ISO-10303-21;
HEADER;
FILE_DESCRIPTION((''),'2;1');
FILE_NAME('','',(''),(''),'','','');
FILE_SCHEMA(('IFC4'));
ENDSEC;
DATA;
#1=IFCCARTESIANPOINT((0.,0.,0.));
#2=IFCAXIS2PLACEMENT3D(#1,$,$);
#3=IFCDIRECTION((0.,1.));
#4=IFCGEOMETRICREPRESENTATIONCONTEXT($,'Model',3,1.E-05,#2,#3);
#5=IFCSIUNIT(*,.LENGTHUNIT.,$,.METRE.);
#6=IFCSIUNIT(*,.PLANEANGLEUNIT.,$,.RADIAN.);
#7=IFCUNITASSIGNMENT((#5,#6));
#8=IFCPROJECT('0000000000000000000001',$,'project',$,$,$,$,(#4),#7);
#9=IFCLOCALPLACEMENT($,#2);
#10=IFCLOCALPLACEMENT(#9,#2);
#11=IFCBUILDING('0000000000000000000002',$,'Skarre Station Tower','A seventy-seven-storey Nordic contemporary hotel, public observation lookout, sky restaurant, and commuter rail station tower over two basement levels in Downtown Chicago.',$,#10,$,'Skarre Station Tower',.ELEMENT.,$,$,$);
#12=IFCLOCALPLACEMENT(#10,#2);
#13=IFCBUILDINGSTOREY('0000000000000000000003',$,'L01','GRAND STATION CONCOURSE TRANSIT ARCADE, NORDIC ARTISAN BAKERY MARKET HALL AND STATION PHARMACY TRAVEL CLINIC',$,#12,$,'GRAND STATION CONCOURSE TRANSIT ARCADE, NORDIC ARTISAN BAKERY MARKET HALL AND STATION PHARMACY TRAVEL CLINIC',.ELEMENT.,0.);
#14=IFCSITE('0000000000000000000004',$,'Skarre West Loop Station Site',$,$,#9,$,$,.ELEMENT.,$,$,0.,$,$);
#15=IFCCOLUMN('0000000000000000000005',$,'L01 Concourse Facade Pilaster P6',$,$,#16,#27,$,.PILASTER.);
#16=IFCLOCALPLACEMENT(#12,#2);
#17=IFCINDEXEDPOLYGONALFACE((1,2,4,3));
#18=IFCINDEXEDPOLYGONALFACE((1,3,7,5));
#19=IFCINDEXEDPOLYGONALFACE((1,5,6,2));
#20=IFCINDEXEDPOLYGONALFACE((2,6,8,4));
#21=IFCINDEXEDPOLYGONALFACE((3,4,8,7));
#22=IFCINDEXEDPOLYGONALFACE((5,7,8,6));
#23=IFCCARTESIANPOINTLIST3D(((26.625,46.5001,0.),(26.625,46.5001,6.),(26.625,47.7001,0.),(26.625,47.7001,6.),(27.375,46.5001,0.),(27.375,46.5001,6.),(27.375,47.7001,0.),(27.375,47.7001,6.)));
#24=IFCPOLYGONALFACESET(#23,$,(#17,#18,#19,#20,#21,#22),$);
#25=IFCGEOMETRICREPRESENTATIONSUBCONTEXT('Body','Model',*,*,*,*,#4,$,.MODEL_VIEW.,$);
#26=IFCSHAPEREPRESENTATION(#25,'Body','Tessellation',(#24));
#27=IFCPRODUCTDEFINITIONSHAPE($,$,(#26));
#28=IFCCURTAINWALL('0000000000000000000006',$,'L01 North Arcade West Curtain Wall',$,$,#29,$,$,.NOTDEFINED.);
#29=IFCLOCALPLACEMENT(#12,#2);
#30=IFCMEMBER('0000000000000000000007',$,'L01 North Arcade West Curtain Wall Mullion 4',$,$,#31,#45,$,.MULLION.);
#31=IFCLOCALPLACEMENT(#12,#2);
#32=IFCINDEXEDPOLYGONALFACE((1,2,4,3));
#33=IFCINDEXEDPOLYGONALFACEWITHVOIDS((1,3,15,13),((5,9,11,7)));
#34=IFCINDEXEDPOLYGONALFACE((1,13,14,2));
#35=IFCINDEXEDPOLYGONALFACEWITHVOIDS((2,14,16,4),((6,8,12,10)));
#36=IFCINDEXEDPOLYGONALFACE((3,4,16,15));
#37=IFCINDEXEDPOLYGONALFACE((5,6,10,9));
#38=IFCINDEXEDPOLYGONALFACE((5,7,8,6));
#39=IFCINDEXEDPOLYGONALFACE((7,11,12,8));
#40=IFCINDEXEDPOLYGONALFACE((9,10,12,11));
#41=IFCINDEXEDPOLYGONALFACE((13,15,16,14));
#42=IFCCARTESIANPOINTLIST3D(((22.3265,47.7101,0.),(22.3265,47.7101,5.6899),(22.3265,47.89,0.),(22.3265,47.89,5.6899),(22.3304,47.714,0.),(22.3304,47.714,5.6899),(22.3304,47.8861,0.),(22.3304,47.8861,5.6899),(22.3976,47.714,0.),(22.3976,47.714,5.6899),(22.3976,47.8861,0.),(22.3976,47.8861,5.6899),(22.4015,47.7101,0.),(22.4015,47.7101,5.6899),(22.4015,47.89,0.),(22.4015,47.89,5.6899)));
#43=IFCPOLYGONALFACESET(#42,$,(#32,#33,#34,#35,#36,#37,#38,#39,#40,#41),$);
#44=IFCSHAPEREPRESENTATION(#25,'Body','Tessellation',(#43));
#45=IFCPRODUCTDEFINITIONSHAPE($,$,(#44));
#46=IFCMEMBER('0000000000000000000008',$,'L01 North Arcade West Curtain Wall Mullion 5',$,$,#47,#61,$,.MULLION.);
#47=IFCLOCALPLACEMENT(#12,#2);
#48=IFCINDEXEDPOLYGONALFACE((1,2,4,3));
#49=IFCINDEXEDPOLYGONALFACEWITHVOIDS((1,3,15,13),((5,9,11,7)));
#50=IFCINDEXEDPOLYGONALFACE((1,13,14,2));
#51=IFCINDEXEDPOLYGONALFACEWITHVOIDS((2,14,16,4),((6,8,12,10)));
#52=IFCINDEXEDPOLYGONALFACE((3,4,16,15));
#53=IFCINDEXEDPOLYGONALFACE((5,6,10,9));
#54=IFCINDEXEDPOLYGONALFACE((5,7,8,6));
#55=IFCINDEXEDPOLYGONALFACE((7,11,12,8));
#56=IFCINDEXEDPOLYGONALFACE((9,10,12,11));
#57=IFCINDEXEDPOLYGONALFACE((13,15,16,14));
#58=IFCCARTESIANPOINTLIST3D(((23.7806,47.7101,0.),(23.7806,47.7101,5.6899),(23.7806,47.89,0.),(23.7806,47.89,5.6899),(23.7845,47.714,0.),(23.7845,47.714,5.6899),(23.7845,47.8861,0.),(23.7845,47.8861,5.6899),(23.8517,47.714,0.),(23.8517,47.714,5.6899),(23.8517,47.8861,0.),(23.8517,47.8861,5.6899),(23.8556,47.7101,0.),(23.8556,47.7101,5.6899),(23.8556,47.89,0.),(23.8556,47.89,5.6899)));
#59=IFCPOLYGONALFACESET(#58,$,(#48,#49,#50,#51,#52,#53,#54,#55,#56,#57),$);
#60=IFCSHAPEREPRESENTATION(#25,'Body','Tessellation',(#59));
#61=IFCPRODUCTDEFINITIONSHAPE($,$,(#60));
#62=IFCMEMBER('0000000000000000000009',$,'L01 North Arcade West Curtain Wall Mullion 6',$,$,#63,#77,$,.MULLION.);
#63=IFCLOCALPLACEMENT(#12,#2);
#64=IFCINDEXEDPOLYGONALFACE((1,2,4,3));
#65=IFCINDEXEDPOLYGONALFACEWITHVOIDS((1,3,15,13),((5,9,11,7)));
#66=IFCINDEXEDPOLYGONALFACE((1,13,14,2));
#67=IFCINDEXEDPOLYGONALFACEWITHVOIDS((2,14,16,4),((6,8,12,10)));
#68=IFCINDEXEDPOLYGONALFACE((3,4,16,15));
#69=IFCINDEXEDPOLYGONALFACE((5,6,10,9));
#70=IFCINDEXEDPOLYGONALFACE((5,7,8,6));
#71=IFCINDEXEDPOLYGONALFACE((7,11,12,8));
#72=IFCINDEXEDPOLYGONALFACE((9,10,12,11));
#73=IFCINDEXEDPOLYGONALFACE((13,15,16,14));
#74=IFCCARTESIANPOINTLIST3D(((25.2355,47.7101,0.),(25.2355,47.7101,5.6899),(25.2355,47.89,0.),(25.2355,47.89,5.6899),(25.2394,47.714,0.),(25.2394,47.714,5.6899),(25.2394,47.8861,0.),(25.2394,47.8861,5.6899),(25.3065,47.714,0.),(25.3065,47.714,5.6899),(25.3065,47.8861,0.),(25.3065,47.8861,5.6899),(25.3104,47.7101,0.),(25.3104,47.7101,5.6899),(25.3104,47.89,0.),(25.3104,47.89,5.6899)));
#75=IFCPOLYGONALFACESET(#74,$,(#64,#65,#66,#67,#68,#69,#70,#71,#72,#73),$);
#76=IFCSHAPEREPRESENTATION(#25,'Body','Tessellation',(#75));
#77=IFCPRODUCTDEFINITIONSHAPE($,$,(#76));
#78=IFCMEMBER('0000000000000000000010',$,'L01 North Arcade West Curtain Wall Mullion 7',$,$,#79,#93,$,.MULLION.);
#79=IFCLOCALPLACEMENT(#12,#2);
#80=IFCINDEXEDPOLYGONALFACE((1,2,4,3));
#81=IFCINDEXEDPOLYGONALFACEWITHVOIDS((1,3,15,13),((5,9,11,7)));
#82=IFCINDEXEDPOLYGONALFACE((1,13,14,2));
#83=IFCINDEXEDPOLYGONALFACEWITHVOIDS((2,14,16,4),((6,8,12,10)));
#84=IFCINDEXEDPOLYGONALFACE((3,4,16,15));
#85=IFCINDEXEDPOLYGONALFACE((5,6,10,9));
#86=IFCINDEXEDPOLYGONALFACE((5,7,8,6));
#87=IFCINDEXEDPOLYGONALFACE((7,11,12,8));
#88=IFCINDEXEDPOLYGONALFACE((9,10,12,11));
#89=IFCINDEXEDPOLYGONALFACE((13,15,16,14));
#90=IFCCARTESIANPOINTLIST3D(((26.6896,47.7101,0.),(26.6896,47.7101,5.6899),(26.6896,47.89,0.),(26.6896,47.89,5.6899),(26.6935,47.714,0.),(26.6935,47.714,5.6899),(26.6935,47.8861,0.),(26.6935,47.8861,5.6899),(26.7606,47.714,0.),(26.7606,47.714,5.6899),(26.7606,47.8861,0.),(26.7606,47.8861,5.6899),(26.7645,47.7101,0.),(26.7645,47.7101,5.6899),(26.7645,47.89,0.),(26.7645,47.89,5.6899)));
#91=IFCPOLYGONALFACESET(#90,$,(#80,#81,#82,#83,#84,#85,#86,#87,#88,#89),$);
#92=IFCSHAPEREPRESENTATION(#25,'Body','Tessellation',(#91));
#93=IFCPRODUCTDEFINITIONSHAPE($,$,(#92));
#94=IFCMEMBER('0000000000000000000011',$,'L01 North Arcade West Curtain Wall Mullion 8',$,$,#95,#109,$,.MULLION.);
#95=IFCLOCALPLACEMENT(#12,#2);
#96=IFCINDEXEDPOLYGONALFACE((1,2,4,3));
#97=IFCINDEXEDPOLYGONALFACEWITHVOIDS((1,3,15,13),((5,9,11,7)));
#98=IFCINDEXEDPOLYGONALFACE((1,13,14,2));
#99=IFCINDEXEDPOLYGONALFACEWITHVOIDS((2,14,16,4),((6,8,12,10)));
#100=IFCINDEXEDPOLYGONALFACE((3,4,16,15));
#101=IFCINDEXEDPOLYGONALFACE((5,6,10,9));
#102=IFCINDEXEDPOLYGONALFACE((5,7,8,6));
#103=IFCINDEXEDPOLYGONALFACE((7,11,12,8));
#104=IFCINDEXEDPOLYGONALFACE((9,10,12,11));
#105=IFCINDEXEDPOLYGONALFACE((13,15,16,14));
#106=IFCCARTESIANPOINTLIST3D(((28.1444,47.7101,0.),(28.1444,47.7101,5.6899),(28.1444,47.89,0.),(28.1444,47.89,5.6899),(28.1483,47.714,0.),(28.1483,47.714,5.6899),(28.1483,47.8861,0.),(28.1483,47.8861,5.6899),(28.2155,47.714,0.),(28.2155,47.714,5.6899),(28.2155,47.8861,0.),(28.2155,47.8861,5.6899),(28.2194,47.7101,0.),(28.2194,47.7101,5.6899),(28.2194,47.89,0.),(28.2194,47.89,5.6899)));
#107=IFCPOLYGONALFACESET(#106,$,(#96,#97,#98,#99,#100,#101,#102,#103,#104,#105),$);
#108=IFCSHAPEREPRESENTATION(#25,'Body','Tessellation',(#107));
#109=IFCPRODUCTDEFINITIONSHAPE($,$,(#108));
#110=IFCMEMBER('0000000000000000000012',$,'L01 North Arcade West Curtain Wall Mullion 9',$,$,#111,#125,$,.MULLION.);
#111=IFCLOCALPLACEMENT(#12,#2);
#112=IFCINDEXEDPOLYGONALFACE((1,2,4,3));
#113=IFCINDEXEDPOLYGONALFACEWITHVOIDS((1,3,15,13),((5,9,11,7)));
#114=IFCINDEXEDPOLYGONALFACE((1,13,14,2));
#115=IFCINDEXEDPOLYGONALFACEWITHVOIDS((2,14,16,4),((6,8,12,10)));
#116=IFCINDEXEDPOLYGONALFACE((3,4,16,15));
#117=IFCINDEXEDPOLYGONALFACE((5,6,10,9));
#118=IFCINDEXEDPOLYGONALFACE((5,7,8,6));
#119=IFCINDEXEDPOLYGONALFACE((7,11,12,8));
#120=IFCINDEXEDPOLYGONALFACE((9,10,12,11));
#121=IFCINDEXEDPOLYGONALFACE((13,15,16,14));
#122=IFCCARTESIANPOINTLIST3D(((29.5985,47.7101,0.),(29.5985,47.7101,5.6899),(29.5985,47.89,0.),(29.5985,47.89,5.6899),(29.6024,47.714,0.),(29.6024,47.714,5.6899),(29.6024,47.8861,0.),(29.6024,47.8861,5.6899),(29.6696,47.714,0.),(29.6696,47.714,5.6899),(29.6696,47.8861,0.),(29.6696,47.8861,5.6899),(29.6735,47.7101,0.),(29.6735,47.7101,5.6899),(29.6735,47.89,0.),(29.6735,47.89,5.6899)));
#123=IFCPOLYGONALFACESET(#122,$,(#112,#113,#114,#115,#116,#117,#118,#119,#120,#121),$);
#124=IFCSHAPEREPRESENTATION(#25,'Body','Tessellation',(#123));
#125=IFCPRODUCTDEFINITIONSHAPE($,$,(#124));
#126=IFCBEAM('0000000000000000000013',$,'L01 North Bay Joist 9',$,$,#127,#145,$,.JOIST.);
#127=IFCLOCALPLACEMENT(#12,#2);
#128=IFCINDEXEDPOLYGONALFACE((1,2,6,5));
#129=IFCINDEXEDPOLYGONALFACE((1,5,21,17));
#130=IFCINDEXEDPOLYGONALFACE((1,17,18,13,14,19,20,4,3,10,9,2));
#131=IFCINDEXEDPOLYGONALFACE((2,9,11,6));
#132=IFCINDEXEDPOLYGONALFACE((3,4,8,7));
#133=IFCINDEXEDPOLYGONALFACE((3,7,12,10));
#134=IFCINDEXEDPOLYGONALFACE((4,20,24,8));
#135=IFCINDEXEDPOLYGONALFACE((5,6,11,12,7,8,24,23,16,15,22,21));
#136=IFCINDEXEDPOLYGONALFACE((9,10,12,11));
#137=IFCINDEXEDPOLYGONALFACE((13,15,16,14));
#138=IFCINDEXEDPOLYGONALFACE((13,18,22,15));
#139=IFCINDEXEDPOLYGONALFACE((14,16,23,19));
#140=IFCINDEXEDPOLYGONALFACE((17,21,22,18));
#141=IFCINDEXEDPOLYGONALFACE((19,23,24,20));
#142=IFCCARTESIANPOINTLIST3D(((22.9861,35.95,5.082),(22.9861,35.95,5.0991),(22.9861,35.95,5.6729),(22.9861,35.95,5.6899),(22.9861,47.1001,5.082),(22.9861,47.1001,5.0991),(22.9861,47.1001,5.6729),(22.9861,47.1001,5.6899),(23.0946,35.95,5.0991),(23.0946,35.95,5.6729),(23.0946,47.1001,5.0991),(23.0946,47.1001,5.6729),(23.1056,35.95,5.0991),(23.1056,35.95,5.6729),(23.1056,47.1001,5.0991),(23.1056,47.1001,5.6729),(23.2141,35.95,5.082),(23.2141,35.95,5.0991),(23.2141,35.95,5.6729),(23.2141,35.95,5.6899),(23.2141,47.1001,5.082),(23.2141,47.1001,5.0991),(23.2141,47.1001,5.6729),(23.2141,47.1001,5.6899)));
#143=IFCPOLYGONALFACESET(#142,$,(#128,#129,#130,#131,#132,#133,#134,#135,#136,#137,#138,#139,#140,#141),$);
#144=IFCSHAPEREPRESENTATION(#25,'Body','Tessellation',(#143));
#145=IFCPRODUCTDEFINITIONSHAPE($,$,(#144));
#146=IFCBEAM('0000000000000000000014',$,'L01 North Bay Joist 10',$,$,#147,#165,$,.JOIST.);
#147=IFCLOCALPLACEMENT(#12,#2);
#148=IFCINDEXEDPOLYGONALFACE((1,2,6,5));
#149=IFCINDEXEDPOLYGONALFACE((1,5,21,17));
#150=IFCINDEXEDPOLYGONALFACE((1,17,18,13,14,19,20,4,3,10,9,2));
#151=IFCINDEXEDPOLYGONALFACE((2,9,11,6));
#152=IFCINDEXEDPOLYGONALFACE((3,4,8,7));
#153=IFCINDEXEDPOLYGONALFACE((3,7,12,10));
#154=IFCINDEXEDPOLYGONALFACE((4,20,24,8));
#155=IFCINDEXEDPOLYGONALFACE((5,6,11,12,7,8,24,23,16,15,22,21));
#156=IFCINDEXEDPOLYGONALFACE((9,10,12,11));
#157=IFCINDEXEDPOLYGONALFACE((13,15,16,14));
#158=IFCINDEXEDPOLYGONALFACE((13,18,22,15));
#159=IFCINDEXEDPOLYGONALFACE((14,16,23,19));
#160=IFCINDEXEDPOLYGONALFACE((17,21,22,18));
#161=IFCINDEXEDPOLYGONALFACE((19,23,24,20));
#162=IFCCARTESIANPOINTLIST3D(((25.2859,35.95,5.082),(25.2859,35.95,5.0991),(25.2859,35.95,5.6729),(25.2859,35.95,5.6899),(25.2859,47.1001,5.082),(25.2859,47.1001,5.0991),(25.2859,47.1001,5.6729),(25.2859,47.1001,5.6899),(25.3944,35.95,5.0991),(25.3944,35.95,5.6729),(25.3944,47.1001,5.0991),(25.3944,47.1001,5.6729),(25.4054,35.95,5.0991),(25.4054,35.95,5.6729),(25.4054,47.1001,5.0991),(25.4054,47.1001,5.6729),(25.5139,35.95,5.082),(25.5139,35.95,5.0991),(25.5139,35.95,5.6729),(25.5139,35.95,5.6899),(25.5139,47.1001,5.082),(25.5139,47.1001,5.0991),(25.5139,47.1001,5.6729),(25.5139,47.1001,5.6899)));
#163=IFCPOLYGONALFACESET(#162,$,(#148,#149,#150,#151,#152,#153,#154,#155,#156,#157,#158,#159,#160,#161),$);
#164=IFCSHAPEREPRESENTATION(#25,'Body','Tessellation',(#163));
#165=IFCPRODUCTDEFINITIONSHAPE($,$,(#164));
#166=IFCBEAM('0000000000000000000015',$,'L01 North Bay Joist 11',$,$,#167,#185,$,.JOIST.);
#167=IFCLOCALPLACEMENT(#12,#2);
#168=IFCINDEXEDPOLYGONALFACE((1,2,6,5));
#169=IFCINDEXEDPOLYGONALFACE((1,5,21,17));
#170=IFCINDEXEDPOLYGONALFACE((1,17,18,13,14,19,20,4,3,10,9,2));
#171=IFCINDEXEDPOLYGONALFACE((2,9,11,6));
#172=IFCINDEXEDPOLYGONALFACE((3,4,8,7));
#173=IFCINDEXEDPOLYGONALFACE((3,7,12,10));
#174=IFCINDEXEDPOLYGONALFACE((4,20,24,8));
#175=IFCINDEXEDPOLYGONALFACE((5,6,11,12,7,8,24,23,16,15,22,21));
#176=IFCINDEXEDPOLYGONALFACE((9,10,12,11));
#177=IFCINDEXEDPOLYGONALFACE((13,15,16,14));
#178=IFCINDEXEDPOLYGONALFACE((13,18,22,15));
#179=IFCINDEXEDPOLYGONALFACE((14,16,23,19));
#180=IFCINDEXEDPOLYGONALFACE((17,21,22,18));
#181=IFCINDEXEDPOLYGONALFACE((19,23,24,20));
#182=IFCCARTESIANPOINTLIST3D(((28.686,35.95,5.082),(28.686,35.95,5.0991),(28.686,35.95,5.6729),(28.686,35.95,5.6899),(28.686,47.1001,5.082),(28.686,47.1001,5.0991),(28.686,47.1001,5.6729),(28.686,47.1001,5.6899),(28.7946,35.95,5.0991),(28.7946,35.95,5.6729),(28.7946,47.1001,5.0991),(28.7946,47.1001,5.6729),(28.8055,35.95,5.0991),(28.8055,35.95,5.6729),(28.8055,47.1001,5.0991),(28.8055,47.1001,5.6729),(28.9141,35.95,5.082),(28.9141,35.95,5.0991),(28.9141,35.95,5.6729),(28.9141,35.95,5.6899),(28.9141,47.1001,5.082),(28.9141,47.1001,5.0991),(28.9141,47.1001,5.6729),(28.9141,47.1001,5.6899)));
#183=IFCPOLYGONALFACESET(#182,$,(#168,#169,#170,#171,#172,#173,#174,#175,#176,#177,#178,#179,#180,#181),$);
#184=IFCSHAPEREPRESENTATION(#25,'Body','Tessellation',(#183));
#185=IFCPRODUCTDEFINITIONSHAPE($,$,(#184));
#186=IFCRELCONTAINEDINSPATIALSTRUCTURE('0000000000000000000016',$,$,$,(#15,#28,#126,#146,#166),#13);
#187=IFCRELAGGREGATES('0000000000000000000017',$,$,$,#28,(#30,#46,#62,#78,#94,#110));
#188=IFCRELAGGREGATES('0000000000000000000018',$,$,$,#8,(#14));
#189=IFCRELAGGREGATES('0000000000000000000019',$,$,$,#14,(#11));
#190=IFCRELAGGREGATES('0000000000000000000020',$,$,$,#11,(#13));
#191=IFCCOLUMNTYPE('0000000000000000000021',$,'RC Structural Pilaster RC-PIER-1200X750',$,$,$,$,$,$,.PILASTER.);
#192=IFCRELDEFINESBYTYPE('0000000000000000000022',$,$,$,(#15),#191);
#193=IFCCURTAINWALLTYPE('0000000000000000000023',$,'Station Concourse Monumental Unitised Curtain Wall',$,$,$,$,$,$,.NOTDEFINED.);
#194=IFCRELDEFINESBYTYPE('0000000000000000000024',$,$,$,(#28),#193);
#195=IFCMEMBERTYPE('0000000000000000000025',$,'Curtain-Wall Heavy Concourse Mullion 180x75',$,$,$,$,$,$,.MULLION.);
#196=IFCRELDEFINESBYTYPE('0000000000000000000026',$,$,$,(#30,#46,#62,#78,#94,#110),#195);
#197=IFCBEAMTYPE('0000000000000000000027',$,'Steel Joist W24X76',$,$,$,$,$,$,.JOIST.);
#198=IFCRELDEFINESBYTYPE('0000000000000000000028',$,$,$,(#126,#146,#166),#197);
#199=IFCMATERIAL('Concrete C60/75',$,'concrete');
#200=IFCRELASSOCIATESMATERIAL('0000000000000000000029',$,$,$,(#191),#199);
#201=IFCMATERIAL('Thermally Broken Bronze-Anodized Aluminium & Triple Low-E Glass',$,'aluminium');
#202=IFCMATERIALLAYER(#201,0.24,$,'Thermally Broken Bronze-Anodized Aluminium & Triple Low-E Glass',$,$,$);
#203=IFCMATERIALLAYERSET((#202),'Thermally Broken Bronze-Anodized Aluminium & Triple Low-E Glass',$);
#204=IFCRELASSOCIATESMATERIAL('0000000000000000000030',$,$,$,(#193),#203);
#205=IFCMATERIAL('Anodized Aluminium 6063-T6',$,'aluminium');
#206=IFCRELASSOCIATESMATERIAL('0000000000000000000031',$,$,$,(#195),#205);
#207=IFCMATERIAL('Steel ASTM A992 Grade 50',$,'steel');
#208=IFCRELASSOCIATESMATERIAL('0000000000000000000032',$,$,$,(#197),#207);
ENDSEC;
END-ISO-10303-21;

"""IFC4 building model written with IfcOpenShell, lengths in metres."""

from ifc_helpers import new_model, si_unit, direction, frame, origin, origin_2d, place, context, subcontext, project, spatial, rectangle, hollow_rectangle, i_section, extrude, material, layer, layer_set, material_profile, profile_set, type_object, element, aggregate, save


model = new_model("IFC4")

# Units and contexts
model_context = context("Model", 3, precision=1e-05, world=origin(), true_north=direction((0.0, 1.0)))
body_context = subcontext(model_context, "Body", "Model", "MODEL_VIEW")
ifc_project = project(units=[si_unit("LENGTHUNIT", "METRE"), si_unit("PLANEANGLEUNIT", "RADIAN")], contexts=[model_context])

# Site, building, storey
site_placement = place(None, origin())
site = spatial("IfcSite", under=ifc_project, at=site_placement, Name="Skarre West Loop Station Site", CompositionType="ELEMENT", RefElevation=0.0)
building_placement = place(site_placement, origin())
building = spatial("IfcBuilding", under=site, at=building_placement, Name="Skarre Station Tower", Description="A seventy-seven-storey Nordic contemporary hotel, public observation lookout, sky restaurant, and commuter rail station tower over two basement levels in Downtown Chicago.", LongName="Skarre Station Tower", CompositionType="ELEMENT")
storey_placement = place(building_placement, origin())
storey = spatial("IfcBuildingStorey", under=building, at=storey_placement, Name="L01", Description="GRAND STATION CONCOURSE TRANSIT ARCADE, NORDIC ARTISAN BAKERY MARKET HALL AND STATION PHARMACY TRAVEL CLINIC", LongName="GRAND STATION CONCOURSE TRANSIT ARCADE, NORDIC ARTISAN BAKERY MARKET HALL AND STATION PHARMACY TRAVEL CLINIC", CompositionType="ELEMENT", Elevation=0.0)

# Column
ifc_material_1 = material(Name="Concrete C60/75", Category="concrete")
ifc_material_profile_1 = material_profile(ifc_material_1, rectangle(XDim=0.75, YDim=1.2, at=origin_2d()), Name="Concrete C60/75")
ifc_profile_set_1 = profile_set([ifc_material_profile_1], Name="Concrete C60/75")
column_type = type_object("IfcColumnType", Name="RC Structural Pilaster RC-PIER-1200X750", PredefinedType="PILASTER", material=ifc_profile_set_1)
column_placement = place(storey_placement, frame((27.0, 47.1001, 0.0), z_axis=(0.0, 0.0, 1.0), x_axis=(1.0, 0.0, 0.0)))
element("IfcColumn", 1, at=column_placement, inside=storey, type_object=column_type, Name="L01 Concourse Facade Pilaster P6", PredefinedType="PILASTER", context=body_context, shape_type="SweptSolid", body=[
    extrude(rectangle(XDim=0.75, YDim=1.2, at=origin_2d()), origin(), (0.0, 0.0, 1.0), 6.0),
])

# Curtain wall, members
ifc_material_2 = material(Name="Thermally Broken Bronze-Anodized Aluminium & Triple Low-E Glass", Category="aluminium")
ifc_layer_1 = layer(ifc_material_2, 0.24, Name="Thermally Broken Bronze-Anodized Aluminium & Triple Low-E Glass")
ifc_layer_set_1 = layer_set([ifc_layer_1], Name="Thermally Broken Bronze-Anodized Aluminium & Triple Low-E Glass")
curtain_wall_type = type_object("IfcCurtainWallType", Name="Station Concourse Monumental Unitised Curtain Wall", PredefinedType="NOTDEFINED", material=ifc_layer_set_1)
curtain_wall_placement = place(storey_placement, origin())
curtain_wall = element("IfcCurtainWall", 2, at=curtain_wall_placement, inside=storey, type_object=curtain_wall_type, Name="L01 North Arcade West Curtain Wall", PredefinedType="NOTDEFINED")
ifc_material_3 = material(Name="Anodized Aluminium 6063-T6", Category="aluminium")
ifc_material_profile_2 = material_profile(ifc_material_3, hollow_rectangle(XDim=0.075, YDim=0.1799, WallThickness=0.0039, at=origin_2d()), Name="Anodized Aluminium 6063-T6")
ifc_profile_set_2 = profile_set([ifc_material_profile_2], Name="Anodized Aluminium 6063-T6")
member_type = type_object("IfcMemberType", Name="Curtain-Wall Heavy Concourse Mullion 180x75", PredefinedType="MULLION", material=ifc_profile_set_2)
member_1_placement = place(storey_placement, frame((22.364, 47.8, 0.0), z_axis=(0.0, 0.0, 1.0), x_axis=(1.0, 0.0, 0.0)))
member_1 = element("IfcMember", 3, at=member_1_placement, type_object=member_type, Name="L01 North Arcade West Curtain Wall Mullion 4", PredefinedType="MULLION", context=body_context, shape_type="SweptSolid", body=[
    extrude(hollow_rectangle(XDim=0.075, YDim=0.1799, WallThickness=0.0039, at=origin_2d()), origin(), (0.0, 0.0, 1.0), 5.6899),
])
member_2_placement = place(storey_placement, frame((23.8181, 47.8, 0.0), z_axis=(0.0, 0.0, 1.0), x_axis=(1.0, 0.0, 0.0)))
member_2 = element("IfcMember", 4, at=member_2_placement, type_object=member_type, Name="L01 North Arcade West Curtain Wall Mullion 5", PredefinedType="MULLION", context=body_context, shape_type="SweptSolid", body=[
    extrude(hollow_rectangle(XDim=0.075, YDim=0.1799, WallThickness=0.0039, at=origin_2d()), origin(), (0.0, 0.0, 1.0), 5.6899),
])
member_3_placement = place(storey_placement, frame((25.2729, 47.8, 0.0), z_axis=(0.0, 0.0, 1.0), x_axis=(1.0, 0.0, 0.0)))
member_3 = element("IfcMember", 5, at=member_3_placement, type_object=member_type, Name="L01 North Arcade West Curtain Wall Mullion 6", PredefinedType="MULLION", context=body_context, shape_type="SweptSolid", body=[
    extrude(hollow_rectangle(XDim=0.075, YDim=0.1799, WallThickness=0.0039, at=origin_2d()), origin(), (0.0, 0.0, 1.0), 5.6899),
])
member_4_placement = place(storey_placement, frame((26.7271, 47.8, 0.0), z_axis=(0.0, 0.0, 1.0), x_axis=(1.0, 0.0, 0.0)))
member_4 = element("IfcMember", 6, at=member_4_placement, type_object=member_type, Name="L01 North Arcade West Curtain Wall Mullion 7", PredefinedType="MULLION", context=body_context, shape_type="SweptSolid", body=[
    extrude(hollow_rectangle(XDim=0.075, YDim=0.1799, WallThickness=0.0039, at=origin_2d()), origin(), (0.0, 0.0, 1.0), 5.6899),
])
member_5_placement = place(storey_placement, frame((28.1819, 47.8, 0.0), z_axis=(0.0, 0.0, 1.0), x_axis=(1.0, 0.0, 0.0)))
member_5 = element("IfcMember", 7, at=member_5_placement, type_object=member_type, Name="L01 North Arcade West Curtain Wall Mullion 8", PredefinedType="MULLION", context=body_context, shape_type="SweptSolid", body=[
    extrude(hollow_rectangle(XDim=0.075, YDim=0.1799, WallThickness=0.0039, at=origin_2d()), origin(), (0.0, 0.0, 1.0), 5.6899),
])
member_6_placement = place(storey_placement, frame((29.636, 47.8, 0.0), z_axis=(0.0, 0.0, 1.0), x_axis=(1.0, 0.0, 0.0)))
member_6 = element("IfcMember", 8, at=member_6_placement, type_object=member_type, Name="L01 North Arcade West Curtain Wall Mullion 9", PredefinedType="MULLION", context=body_context, shape_type="SweptSolid", body=[
    extrude(hollow_rectangle(XDim=0.075, YDim=0.1799, WallThickness=0.0039, at=origin_2d()), origin(), (0.0, 0.0, 1.0), 5.6899),
])

# Beams
ifc_material_4 = material(Name="Steel ASTM A992 Grade 50", Category="steel")
ifc_material_profile_3 = material_profile(ifc_material_4, i_section(OverallWidth=0.228, OverallDepth=0.6079, WebThickness=0.011, FlangeThickness=0.0171, at=origin_2d()), Name="Steel ASTM A992 Grade 50")
ifc_profile_set_3 = profile_set([ifc_material_profile_3], Name="Steel ASTM A992 Grade 50")
beam_type_1 = type_object("IfcBeamType", Name="Steel Joist W24X76", PredefinedType="JOIST", material=ifc_profile_set_3)
for number, where, z_axis, x_axis, name in (
    (9, (23.1001, 35.95, 5.386), (0.0, 1.0, 0.0), (-1.0, 0.0, 0.0), "L01 North Bay Joist 9"),
    (10, (25.3999, 35.95, 5.386), (0.0, 1.0, 0.0), (-1.0, 0.0, 0.0), "L01 North Bay Joist 10"),
    (11, (28.8, 35.95, 5.386), (0.0, 1.0, 0.0), (-1.0, 0.0, 0.0), "L01 North Bay Joist 11"),
):
    element("IfcBeam", number, at=place(storey_placement, frame(where, z_axis=z_axis, x_axis=x_axis)), inside=storey, type_object=beam_type_1, Name=name, PredefinedType="JOIST", context=body_context, shape_type="SweptSolid", body=[
        extrude(i_section(OverallWidth=0.228, OverallDepth=0.6079, WebThickness=0.011, FlangeThickness=0.0171, at=origin_2d()), origin(), (0.0, 0.0, 1.0), 11.1501),
    ])

aggregate(curtain_wall, [member_1, member_2, member_3, member_4, member_5, member_6])

save(model, "model.ifc")
